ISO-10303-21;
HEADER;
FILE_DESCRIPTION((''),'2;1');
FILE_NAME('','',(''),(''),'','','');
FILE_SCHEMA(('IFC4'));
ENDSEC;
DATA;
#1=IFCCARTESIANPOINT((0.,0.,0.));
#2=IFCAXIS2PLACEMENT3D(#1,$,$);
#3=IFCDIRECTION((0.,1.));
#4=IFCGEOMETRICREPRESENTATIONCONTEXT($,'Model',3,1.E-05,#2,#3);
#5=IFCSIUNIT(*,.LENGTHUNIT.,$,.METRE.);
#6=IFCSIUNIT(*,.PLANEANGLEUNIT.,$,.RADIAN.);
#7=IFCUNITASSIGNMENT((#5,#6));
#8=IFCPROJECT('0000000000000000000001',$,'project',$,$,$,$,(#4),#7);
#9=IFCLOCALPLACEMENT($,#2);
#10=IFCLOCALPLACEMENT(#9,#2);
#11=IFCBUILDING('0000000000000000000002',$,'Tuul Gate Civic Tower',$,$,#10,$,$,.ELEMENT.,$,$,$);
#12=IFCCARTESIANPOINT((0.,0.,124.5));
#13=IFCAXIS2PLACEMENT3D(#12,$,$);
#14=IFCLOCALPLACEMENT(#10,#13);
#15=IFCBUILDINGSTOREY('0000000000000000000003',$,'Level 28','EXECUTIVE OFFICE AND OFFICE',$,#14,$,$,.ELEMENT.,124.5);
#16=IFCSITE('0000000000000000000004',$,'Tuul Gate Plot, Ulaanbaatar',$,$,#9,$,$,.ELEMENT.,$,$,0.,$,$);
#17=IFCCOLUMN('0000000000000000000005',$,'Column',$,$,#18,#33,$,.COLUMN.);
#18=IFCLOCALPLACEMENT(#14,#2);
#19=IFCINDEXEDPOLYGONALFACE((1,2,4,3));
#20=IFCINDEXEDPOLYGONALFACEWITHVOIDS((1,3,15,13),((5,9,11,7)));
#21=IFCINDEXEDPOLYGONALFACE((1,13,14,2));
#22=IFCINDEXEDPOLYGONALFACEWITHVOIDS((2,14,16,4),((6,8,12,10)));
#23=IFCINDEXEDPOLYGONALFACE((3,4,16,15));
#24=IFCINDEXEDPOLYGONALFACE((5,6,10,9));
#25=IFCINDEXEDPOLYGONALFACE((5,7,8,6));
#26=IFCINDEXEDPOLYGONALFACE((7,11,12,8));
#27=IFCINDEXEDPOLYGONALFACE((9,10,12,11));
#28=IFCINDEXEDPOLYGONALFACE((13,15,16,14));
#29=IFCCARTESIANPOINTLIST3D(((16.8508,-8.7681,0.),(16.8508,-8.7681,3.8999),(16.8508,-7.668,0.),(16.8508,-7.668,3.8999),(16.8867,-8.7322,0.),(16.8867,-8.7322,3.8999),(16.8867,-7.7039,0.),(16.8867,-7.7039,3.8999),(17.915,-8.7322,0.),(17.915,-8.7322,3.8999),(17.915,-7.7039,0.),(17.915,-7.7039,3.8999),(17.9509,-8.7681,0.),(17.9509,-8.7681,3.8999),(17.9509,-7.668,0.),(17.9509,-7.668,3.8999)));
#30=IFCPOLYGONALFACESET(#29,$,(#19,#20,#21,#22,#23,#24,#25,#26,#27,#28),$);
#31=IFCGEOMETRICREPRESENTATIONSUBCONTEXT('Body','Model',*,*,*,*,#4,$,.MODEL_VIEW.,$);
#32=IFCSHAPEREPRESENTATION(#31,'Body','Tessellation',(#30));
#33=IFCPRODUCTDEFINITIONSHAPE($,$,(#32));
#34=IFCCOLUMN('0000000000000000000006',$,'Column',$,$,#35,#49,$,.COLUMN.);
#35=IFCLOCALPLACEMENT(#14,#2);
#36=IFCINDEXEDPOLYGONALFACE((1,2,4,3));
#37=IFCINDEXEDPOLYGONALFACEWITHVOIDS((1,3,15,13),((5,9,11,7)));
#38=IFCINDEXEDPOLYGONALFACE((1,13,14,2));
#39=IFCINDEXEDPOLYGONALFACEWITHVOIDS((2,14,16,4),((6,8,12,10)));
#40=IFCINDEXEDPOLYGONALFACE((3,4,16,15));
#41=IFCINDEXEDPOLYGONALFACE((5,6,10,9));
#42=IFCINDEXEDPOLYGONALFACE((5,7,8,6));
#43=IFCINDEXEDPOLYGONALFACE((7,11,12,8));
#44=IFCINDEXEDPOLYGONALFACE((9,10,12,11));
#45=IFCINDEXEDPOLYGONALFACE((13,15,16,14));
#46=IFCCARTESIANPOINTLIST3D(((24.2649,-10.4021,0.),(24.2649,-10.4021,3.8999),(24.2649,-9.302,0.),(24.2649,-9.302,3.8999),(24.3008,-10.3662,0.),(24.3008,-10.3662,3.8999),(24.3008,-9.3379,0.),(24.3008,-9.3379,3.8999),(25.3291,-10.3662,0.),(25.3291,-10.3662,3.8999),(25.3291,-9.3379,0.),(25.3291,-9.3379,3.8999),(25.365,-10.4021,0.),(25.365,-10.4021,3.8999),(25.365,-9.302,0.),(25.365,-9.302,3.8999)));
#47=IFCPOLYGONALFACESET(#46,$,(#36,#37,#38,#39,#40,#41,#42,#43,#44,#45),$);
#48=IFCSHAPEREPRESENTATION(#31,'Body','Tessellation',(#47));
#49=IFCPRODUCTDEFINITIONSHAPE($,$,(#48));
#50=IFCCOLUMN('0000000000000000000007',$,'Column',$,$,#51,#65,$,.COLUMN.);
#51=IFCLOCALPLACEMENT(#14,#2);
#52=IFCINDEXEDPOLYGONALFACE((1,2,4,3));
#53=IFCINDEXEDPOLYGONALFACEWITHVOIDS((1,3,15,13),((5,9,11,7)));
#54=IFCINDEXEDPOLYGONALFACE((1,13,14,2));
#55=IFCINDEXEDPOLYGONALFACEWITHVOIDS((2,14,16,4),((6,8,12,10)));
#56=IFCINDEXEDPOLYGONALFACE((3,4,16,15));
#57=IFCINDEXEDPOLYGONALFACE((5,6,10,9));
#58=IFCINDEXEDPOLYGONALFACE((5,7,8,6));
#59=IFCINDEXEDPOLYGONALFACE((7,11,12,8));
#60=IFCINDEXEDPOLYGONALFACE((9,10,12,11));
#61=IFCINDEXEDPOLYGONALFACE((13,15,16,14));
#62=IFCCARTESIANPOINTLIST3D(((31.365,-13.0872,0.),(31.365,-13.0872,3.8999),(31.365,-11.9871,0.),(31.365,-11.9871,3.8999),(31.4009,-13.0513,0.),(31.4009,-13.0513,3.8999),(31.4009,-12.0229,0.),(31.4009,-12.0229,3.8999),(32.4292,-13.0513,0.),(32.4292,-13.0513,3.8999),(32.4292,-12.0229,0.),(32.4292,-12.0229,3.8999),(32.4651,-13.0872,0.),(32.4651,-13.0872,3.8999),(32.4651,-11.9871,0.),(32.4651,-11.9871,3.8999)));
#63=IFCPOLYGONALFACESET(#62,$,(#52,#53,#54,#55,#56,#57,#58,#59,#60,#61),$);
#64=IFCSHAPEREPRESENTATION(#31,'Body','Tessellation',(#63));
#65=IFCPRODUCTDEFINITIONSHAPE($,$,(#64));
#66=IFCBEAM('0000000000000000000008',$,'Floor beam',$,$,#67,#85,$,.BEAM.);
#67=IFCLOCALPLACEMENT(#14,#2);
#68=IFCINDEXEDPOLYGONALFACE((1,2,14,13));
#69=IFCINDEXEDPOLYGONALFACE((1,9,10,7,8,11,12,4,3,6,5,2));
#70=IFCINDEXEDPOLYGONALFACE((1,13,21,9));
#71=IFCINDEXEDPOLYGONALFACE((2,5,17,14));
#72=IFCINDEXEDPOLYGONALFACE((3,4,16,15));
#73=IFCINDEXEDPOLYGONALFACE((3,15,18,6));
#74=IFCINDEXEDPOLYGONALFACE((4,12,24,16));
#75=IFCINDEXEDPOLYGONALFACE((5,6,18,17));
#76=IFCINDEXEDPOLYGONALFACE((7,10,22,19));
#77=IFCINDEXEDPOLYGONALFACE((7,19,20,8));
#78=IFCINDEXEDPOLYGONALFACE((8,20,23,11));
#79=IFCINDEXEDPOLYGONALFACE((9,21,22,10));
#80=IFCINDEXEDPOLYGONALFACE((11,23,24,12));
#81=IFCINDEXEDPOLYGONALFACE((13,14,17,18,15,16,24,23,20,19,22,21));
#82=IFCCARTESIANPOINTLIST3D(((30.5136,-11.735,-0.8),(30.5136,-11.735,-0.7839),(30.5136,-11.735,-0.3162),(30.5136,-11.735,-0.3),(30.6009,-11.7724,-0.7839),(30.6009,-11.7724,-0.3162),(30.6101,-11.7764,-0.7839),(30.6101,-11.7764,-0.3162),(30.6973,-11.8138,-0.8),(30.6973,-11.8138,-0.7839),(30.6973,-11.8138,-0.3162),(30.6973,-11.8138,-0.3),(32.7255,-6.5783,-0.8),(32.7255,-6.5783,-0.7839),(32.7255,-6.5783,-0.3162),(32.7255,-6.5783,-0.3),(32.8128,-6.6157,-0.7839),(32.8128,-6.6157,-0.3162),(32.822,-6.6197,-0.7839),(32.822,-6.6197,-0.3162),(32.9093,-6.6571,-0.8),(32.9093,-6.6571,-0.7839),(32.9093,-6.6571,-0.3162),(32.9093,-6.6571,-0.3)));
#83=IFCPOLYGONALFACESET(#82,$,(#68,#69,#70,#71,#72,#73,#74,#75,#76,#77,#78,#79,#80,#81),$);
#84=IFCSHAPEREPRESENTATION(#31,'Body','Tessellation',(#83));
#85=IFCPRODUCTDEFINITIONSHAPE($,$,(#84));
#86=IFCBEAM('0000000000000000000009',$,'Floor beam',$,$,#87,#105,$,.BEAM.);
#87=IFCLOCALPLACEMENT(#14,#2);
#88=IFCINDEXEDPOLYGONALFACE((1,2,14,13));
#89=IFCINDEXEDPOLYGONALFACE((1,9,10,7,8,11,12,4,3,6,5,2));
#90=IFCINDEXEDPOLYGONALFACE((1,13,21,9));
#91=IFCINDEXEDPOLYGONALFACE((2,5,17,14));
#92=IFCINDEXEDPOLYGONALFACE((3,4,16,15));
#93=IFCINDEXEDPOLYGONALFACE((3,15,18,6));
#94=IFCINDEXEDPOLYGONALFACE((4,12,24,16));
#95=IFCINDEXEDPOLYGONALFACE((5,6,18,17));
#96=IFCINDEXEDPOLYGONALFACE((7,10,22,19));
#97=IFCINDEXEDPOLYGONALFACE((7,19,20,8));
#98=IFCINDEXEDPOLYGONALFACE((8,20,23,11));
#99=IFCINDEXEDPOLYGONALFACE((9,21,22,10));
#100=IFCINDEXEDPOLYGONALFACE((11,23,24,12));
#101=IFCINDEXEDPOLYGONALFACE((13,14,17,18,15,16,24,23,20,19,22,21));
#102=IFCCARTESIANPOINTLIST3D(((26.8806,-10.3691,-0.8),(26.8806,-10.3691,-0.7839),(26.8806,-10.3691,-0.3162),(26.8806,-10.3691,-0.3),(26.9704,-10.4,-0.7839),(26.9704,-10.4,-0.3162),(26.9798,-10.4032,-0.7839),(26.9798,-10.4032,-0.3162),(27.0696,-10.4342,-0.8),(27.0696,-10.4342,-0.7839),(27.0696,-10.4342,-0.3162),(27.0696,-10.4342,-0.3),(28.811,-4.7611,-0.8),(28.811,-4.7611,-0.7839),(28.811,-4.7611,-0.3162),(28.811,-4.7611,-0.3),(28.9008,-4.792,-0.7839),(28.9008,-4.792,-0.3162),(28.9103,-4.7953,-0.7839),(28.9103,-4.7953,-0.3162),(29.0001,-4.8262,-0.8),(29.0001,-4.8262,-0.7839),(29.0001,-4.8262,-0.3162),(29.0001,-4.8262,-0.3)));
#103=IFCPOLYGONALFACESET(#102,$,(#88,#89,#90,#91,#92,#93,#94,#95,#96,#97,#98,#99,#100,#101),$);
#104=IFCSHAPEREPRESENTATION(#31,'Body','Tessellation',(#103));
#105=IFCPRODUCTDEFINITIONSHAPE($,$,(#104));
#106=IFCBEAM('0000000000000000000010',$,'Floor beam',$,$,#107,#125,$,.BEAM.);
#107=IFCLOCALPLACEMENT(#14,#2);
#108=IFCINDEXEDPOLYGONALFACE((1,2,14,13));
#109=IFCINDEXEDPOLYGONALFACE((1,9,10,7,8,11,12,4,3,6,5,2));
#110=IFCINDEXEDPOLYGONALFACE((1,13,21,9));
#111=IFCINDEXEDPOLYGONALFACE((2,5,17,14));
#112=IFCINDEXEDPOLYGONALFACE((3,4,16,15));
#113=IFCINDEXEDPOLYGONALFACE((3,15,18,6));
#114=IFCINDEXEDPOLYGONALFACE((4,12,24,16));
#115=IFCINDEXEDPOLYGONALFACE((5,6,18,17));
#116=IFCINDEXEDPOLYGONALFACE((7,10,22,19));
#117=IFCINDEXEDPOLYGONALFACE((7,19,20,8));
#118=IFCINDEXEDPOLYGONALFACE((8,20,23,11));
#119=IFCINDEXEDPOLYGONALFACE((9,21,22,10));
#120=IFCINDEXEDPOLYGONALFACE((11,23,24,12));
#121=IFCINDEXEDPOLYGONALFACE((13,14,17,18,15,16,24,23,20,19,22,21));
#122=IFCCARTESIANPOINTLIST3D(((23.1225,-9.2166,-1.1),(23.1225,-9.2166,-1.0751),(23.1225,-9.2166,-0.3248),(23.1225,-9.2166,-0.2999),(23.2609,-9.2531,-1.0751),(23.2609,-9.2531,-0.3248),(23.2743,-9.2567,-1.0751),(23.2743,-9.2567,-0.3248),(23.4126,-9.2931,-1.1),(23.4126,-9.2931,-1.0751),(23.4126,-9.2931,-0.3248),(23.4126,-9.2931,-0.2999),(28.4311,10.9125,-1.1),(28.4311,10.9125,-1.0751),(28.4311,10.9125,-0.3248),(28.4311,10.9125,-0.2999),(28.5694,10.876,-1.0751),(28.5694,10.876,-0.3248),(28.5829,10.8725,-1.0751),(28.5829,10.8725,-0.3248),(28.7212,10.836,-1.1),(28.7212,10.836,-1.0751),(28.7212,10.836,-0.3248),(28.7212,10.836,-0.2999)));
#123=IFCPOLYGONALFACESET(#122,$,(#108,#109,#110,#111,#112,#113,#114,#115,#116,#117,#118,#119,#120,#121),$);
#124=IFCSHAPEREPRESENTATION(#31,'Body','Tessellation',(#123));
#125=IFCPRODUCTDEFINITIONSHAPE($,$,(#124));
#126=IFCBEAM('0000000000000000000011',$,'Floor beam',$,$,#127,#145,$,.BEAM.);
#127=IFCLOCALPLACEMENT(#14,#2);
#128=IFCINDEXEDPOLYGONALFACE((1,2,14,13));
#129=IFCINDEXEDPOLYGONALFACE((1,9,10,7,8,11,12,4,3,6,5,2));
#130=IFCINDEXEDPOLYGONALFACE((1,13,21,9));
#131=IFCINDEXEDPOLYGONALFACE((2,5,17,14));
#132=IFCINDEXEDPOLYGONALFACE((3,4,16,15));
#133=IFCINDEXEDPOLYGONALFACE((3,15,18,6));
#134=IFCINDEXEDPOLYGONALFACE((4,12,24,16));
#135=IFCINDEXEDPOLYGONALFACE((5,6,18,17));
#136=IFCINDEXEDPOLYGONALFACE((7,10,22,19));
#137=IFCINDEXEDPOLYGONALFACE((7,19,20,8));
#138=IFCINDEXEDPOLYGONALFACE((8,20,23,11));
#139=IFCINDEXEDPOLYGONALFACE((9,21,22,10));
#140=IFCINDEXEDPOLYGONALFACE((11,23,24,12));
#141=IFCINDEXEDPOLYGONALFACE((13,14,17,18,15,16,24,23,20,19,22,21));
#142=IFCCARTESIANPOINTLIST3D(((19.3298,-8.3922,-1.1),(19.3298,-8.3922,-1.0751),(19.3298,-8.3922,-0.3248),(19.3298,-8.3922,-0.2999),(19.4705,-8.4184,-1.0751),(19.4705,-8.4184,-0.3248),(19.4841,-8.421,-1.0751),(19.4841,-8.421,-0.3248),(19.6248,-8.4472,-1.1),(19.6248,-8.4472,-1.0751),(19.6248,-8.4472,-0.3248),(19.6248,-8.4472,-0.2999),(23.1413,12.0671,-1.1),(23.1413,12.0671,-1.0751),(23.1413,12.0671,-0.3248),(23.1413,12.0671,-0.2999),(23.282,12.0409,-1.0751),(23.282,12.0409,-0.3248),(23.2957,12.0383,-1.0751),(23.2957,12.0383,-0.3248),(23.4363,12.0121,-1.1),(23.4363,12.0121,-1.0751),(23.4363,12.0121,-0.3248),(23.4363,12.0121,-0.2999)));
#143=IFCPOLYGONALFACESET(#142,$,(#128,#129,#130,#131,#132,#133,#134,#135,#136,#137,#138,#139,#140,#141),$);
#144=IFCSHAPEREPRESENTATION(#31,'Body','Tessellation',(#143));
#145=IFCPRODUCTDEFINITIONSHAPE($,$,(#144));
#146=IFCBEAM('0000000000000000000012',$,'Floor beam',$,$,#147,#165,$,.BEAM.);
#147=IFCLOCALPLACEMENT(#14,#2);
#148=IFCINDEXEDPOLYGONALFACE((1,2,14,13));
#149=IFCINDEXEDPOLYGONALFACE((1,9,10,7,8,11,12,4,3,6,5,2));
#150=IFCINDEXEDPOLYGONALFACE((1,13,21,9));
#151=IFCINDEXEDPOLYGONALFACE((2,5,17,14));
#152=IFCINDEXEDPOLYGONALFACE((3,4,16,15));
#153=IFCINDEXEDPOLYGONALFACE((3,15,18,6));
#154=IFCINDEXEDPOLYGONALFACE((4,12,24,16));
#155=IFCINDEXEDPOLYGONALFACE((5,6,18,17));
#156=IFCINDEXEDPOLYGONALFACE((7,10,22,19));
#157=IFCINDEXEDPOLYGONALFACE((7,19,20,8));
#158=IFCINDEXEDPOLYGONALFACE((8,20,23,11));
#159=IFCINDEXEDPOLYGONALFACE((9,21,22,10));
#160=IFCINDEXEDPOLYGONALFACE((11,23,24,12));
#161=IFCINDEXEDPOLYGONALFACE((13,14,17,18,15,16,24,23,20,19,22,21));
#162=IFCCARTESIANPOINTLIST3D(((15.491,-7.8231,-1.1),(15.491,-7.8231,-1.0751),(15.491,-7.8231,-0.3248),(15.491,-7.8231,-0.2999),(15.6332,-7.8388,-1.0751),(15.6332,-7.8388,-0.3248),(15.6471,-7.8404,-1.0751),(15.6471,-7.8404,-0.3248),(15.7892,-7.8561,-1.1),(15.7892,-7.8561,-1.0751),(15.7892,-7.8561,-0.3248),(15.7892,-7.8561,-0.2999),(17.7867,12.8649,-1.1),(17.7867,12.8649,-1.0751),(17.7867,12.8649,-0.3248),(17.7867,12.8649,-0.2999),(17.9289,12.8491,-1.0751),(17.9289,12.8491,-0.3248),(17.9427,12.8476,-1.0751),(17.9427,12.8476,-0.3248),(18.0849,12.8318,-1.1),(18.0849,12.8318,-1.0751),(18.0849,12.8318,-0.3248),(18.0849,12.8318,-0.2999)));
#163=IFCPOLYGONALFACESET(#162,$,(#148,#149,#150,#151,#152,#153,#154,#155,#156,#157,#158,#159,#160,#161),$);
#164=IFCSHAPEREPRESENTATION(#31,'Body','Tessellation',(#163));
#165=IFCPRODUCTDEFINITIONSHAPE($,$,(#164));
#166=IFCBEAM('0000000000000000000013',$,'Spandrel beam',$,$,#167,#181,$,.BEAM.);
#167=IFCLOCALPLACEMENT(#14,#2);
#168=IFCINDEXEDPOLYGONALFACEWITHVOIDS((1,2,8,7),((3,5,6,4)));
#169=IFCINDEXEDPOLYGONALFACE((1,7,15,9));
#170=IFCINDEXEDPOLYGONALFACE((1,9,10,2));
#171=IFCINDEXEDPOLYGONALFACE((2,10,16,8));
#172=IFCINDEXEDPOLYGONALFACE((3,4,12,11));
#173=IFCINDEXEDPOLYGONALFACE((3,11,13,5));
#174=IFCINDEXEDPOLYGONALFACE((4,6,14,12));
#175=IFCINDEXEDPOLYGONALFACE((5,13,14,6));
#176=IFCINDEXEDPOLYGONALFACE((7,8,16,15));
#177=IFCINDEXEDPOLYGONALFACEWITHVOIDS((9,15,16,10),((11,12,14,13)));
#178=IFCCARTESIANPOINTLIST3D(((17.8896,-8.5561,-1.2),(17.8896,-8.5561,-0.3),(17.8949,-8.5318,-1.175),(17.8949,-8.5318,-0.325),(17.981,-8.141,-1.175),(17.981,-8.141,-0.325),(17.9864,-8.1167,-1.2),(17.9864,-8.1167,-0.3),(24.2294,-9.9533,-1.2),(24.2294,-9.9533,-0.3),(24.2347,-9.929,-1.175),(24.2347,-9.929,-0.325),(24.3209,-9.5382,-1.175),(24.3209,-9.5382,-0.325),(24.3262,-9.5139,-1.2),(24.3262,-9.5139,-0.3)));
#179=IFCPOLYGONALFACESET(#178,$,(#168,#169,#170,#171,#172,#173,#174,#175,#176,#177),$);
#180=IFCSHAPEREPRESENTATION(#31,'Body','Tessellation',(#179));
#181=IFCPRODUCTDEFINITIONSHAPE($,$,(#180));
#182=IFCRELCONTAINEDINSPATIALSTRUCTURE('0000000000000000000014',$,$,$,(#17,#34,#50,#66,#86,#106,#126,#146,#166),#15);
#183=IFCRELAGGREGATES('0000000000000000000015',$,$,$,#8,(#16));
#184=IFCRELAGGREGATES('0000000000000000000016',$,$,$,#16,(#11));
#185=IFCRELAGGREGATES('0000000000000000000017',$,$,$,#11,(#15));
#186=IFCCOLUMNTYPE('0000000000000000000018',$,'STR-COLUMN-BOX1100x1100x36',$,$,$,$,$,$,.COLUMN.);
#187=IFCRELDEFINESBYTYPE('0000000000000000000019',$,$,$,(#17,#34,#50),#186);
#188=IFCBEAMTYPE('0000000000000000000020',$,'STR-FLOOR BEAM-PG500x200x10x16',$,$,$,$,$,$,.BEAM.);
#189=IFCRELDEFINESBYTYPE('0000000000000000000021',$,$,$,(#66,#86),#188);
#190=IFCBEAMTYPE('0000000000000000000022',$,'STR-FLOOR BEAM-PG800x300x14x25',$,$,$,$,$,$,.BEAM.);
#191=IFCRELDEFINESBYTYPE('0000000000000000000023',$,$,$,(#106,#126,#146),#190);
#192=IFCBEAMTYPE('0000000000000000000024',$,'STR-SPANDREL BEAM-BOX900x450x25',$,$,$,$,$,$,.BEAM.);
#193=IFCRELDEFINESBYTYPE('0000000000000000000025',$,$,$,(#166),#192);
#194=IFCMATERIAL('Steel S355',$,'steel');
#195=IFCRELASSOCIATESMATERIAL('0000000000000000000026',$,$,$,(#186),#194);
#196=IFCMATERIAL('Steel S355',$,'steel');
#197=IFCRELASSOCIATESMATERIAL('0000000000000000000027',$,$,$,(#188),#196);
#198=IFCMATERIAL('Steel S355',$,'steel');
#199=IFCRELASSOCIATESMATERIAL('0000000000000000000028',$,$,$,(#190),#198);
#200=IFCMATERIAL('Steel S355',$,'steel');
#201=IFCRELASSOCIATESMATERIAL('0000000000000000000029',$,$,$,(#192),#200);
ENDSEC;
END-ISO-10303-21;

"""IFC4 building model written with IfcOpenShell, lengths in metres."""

from ifc_helpers import new_model, si_unit, direction, frame, origin, origin_2d, place, context, subcontext, project, spatial, hollow_rectangle, i_section, extrude, material, material_profile, profile_set, type_object, element, save


model = new_model("IFC4")

# Units and contexts
model_context = context("Model", 3, precision=1e-05, world=origin(), true_north=direction((0.0, 1.0)))
body_context = subcontext(model_context, "Body", "Model", "MODEL_VIEW")
ifc_project = project(units=[si_unit("LENGTHUNIT", "METRE"), si_unit("PLANEANGLEUNIT", "RADIAN")], contexts=[model_context])

# Site, building, storey
site_placement = place(None, origin())
site = spatial("IfcSite", under=ifc_project, at=site_placement, Name="Tuul Gate Plot, Ulaanbaatar", CompositionType="ELEMENT", RefElevation=0.0)
building_placement = place(site_placement, origin())
building = spatial("IfcBuilding", under=site, at=building_placement, Name="Tuul Gate Civic Tower", CompositionType="ELEMENT")
storey_placement = place(building_placement, frame((0.0, 0.0, 124.5)))
storey = spatial("IfcBuildingStorey", under=building, at=storey_placement, Name="Level 28", Description="EXECUTIVE OFFICE AND OFFICE", CompositionType="ELEMENT", Elevation=124.5)

# Columns
ifc_material_1 = material(Name="Steel S355", Category="steel")
ifc_material_profile_1 = material_profile(ifc_material_1, hollow_rectangle(XDim=1.1001, YDim=1.1001, WallThickness=0.0359, at=origin_2d()), Name="BOX1100x1100x36")
ifc_profile_set_1 = profile_set([ifc_material_profile_1], Name="Steel S355")
column_type = type_object("IfcColumnType", Name="STR-COLUMN-BOX1100x1100x36", PredefinedType="COLUMN", material=ifc_profile_set_1)
for number, where, z_axis, x_axis, name in (
    (1, (17.4009, -8.218, 0.0), (0.0, 0.0, 1.0), (1.0, 0.0, 0.0), "Column"),
    (2, (24.8149, -9.8521, 0.0), (0.0, 0.0, 1.0), (1.0, 0.0, 0.0), "Column"),
    (3, (31.915, -12.5371, 0.0), (0.0, 0.0, 1.0), (1.0, 0.0, 0.0), "Column"),
):
    element("IfcColumn", number, at=place(storey_placement, frame(where, z_axis=z_axis, x_axis=x_axis)), inside=storey, type_object=column_type, Name=name, PredefinedType="COLUMN", context=body_context, shape_type="SweptSolid", body=[
        extrude(hollow_rectangle(XDim=1.1001, YDim=1.1001, WallThickness=0.0359, at=origin_2d()), origin(), (0.0, 0.0, 1.0), 3.8999),
    ])

# Beams
ifc_material_2 = material(Name="Steel S355", Category="steel")
ifc_material_profile_2 = material_profile(ifc_material_2, i_section(OverallWidth=0.2, OverallDepth=0.5, WebThickness=0.01, FlangeThickness=0.0161, at=origin_2d()), Name="PG500x200x10x16")
ifc_profile_set_2 = profile_set([ifc_material_profile_2], Name="Steel S355")
beam_type_1 = type_object("IfcBeamType", Name="STR-FLOOR BEAM-PG500x200x10x16", PredefinedType="BEAM", material=ifc_profile_set_2)
beam_1_placement = place(storey_placement, frame((30.6055, -11.7744, -0.55), z_axis=(0.394203, 0.919023, 0.0), x_axis=(-0.919023, 0.394203, 0.0)))
element("IfcBeam", 4, at=beam_1_placement, inside=storey, type_object=beam_type_1, Name="Floor beam", PredefinedType="BEAM", context=body_context, shape_type="SweptSolid", body=[
    extrude(i_section(OverallWidth=0.2, OverallDepth=0.5, WebThickness=0.01, FlangeThickness=0.0161, at=origin_2d()), origin(), (0.0, 0.0, 1.0), 5.6111),
])
beam_2_placement = place(storey_placement, frame((26.9751, -10.4016, -0.55), z_axis=(0.325487, 0.945547, 0.0), x_axis=(-0.945547, 0.325487, 0.0)))
element("IfcBeam", 5, at=beam_2_placement, inside=storey, type_object=beam_type_1, Name="Floor beam", PredefinedType="BEAM", context=body_context, shape_type="SweptSolid", body=[
    extrude(i_section(OverallWidth=0.2, OverallDepth=0.5, WebThickness=0.01, FlangeThickness=0.0161, at=origin_2d()), origin(), (0.0, 0.0, 1.0), 5.9309),
])
ifc_material_3 = material(Name="Steel S355", Category="steel")
ifc_material_profile_3 = material_profile(ifc_material_3, i_section(OverallWidth=0.3, OverallDepth=0.8, WebThickness=0.0139, FlangeThickness=0.0249, at=origin_2d()), Name="PG800x300x14x25")
ifc_profile_set_3 = profile_set([ifc_material_profile_3], Name="Steel S355")
beam_type_2 = type_object("IfcBeamType", Name="STR-FLOOR BEAM-PG800x300x14x25", PredefinedType="BEAM", material=ifc_profile_set_3)
beam_3_placement = place(storey_placement, frame((23.2676, -9.2549, -0.7), z_axis=(0.255008, 0.966939, 0.0), x_axis=(-0.966939, 0.255008, 0.0)))
element("IfcBeam", 6, at=beam_3_placement, inside=storey, type_object=beam_type_2, Name="Floor beam", PredefinedType="BEAM", context=body_context, shape_type="SweptSolid", body=[
    extrude(i_section(OverallWidth=0.3, OverallDepth=0.8, WebThickness=0.0139, FlangeThickness=0.0249, at=origin_2d()), origin(), (0.0, 0.0, 1.0), 20.8174),
])
beam_4_placement = place(storey_placement, frame((19.4773, -8.4197, -0.7), z_axis=(0.183147, 0.983085, 0.0), x_axis=(-0.983085, 0.183147, 0.0)))
element("IfcBeam", 7, at=beam_4_placement, inside=storey, type_object=beam_type_2, Name="Floor beam", PredefinedType="BEAM", context=body_context, shape_type="SweptSolid", body=[
    extrude(i_section(OverallWidth=0.3, OverallDepth=0.8, WebThickness=0.0139, FlangeThickness=0.0249, at=origin_2d()), origin(), (0.0, 0.0, 1.0), 20.8113),
])
beam_5_placement = place(storey_placement, frame((15.6401, -7.8396, -0.7), z_axis=(0.110289, 0.9939, 0.0), x_axis=(-0.9939, 0.110289, 0.0)))
element("IfcBeam", 8, at=beam_5_placement, inside=storey, type_object=beam_type_2, Name="Floor beam", PredefinedType="BEAM", context=body_context, shape_type="SweptSolid", body=[
    extrude(i_section(OverallWidth=0.3, OverallDepth=0.8, WebThickness=0.0139, FlangeThickness=0.0249, at=origin_2d()), origin(), (0.0, 0.0, 1.0), 20.8149),
])
ifc_material_4 = material(Name="Steel S355", Category="steel")
ifc_material_profile_4 = material_profile(ifc_material_4, hollow_rectangle(XDim=0.45, YDim=0.8999, WallThickness=0.0249, at=origin_2d()), Name="BOX900x450x25")
ifc_profile_set_4 = profile_set([ifc_material_profile_4], Name="Steel S355")
beam_type_3 = type_object("IfcBeamType", Name="STR-SPANDREL BEAM-BOX900x450x25", PredefinedType="BEAM", material=ifc_profile_set_4)
beam_6_placement = place(storey_placement, frame((17.938, -8.3364, -0.75), z_axis=(0.976565, -0.215222, 0.0), x_axis=(0.215222, 0.976565, 0.0)))
element("IfcBeam", 9, at=beam_6_placement, inside=storey, type_object=beam_type_3, Name="Spandrel beam", PredefinedType="BEAM", context=body_context, shape_type="SweptSolid", body=[
    extrude(hollow_rectangle(XDim=0.45, YDim=0.8999, WallThickness=0.0249, at=origin_2d()), origin(), (0.0, 0.0, 1.0), 6.4919),
])

save(model, "model.ifc")
